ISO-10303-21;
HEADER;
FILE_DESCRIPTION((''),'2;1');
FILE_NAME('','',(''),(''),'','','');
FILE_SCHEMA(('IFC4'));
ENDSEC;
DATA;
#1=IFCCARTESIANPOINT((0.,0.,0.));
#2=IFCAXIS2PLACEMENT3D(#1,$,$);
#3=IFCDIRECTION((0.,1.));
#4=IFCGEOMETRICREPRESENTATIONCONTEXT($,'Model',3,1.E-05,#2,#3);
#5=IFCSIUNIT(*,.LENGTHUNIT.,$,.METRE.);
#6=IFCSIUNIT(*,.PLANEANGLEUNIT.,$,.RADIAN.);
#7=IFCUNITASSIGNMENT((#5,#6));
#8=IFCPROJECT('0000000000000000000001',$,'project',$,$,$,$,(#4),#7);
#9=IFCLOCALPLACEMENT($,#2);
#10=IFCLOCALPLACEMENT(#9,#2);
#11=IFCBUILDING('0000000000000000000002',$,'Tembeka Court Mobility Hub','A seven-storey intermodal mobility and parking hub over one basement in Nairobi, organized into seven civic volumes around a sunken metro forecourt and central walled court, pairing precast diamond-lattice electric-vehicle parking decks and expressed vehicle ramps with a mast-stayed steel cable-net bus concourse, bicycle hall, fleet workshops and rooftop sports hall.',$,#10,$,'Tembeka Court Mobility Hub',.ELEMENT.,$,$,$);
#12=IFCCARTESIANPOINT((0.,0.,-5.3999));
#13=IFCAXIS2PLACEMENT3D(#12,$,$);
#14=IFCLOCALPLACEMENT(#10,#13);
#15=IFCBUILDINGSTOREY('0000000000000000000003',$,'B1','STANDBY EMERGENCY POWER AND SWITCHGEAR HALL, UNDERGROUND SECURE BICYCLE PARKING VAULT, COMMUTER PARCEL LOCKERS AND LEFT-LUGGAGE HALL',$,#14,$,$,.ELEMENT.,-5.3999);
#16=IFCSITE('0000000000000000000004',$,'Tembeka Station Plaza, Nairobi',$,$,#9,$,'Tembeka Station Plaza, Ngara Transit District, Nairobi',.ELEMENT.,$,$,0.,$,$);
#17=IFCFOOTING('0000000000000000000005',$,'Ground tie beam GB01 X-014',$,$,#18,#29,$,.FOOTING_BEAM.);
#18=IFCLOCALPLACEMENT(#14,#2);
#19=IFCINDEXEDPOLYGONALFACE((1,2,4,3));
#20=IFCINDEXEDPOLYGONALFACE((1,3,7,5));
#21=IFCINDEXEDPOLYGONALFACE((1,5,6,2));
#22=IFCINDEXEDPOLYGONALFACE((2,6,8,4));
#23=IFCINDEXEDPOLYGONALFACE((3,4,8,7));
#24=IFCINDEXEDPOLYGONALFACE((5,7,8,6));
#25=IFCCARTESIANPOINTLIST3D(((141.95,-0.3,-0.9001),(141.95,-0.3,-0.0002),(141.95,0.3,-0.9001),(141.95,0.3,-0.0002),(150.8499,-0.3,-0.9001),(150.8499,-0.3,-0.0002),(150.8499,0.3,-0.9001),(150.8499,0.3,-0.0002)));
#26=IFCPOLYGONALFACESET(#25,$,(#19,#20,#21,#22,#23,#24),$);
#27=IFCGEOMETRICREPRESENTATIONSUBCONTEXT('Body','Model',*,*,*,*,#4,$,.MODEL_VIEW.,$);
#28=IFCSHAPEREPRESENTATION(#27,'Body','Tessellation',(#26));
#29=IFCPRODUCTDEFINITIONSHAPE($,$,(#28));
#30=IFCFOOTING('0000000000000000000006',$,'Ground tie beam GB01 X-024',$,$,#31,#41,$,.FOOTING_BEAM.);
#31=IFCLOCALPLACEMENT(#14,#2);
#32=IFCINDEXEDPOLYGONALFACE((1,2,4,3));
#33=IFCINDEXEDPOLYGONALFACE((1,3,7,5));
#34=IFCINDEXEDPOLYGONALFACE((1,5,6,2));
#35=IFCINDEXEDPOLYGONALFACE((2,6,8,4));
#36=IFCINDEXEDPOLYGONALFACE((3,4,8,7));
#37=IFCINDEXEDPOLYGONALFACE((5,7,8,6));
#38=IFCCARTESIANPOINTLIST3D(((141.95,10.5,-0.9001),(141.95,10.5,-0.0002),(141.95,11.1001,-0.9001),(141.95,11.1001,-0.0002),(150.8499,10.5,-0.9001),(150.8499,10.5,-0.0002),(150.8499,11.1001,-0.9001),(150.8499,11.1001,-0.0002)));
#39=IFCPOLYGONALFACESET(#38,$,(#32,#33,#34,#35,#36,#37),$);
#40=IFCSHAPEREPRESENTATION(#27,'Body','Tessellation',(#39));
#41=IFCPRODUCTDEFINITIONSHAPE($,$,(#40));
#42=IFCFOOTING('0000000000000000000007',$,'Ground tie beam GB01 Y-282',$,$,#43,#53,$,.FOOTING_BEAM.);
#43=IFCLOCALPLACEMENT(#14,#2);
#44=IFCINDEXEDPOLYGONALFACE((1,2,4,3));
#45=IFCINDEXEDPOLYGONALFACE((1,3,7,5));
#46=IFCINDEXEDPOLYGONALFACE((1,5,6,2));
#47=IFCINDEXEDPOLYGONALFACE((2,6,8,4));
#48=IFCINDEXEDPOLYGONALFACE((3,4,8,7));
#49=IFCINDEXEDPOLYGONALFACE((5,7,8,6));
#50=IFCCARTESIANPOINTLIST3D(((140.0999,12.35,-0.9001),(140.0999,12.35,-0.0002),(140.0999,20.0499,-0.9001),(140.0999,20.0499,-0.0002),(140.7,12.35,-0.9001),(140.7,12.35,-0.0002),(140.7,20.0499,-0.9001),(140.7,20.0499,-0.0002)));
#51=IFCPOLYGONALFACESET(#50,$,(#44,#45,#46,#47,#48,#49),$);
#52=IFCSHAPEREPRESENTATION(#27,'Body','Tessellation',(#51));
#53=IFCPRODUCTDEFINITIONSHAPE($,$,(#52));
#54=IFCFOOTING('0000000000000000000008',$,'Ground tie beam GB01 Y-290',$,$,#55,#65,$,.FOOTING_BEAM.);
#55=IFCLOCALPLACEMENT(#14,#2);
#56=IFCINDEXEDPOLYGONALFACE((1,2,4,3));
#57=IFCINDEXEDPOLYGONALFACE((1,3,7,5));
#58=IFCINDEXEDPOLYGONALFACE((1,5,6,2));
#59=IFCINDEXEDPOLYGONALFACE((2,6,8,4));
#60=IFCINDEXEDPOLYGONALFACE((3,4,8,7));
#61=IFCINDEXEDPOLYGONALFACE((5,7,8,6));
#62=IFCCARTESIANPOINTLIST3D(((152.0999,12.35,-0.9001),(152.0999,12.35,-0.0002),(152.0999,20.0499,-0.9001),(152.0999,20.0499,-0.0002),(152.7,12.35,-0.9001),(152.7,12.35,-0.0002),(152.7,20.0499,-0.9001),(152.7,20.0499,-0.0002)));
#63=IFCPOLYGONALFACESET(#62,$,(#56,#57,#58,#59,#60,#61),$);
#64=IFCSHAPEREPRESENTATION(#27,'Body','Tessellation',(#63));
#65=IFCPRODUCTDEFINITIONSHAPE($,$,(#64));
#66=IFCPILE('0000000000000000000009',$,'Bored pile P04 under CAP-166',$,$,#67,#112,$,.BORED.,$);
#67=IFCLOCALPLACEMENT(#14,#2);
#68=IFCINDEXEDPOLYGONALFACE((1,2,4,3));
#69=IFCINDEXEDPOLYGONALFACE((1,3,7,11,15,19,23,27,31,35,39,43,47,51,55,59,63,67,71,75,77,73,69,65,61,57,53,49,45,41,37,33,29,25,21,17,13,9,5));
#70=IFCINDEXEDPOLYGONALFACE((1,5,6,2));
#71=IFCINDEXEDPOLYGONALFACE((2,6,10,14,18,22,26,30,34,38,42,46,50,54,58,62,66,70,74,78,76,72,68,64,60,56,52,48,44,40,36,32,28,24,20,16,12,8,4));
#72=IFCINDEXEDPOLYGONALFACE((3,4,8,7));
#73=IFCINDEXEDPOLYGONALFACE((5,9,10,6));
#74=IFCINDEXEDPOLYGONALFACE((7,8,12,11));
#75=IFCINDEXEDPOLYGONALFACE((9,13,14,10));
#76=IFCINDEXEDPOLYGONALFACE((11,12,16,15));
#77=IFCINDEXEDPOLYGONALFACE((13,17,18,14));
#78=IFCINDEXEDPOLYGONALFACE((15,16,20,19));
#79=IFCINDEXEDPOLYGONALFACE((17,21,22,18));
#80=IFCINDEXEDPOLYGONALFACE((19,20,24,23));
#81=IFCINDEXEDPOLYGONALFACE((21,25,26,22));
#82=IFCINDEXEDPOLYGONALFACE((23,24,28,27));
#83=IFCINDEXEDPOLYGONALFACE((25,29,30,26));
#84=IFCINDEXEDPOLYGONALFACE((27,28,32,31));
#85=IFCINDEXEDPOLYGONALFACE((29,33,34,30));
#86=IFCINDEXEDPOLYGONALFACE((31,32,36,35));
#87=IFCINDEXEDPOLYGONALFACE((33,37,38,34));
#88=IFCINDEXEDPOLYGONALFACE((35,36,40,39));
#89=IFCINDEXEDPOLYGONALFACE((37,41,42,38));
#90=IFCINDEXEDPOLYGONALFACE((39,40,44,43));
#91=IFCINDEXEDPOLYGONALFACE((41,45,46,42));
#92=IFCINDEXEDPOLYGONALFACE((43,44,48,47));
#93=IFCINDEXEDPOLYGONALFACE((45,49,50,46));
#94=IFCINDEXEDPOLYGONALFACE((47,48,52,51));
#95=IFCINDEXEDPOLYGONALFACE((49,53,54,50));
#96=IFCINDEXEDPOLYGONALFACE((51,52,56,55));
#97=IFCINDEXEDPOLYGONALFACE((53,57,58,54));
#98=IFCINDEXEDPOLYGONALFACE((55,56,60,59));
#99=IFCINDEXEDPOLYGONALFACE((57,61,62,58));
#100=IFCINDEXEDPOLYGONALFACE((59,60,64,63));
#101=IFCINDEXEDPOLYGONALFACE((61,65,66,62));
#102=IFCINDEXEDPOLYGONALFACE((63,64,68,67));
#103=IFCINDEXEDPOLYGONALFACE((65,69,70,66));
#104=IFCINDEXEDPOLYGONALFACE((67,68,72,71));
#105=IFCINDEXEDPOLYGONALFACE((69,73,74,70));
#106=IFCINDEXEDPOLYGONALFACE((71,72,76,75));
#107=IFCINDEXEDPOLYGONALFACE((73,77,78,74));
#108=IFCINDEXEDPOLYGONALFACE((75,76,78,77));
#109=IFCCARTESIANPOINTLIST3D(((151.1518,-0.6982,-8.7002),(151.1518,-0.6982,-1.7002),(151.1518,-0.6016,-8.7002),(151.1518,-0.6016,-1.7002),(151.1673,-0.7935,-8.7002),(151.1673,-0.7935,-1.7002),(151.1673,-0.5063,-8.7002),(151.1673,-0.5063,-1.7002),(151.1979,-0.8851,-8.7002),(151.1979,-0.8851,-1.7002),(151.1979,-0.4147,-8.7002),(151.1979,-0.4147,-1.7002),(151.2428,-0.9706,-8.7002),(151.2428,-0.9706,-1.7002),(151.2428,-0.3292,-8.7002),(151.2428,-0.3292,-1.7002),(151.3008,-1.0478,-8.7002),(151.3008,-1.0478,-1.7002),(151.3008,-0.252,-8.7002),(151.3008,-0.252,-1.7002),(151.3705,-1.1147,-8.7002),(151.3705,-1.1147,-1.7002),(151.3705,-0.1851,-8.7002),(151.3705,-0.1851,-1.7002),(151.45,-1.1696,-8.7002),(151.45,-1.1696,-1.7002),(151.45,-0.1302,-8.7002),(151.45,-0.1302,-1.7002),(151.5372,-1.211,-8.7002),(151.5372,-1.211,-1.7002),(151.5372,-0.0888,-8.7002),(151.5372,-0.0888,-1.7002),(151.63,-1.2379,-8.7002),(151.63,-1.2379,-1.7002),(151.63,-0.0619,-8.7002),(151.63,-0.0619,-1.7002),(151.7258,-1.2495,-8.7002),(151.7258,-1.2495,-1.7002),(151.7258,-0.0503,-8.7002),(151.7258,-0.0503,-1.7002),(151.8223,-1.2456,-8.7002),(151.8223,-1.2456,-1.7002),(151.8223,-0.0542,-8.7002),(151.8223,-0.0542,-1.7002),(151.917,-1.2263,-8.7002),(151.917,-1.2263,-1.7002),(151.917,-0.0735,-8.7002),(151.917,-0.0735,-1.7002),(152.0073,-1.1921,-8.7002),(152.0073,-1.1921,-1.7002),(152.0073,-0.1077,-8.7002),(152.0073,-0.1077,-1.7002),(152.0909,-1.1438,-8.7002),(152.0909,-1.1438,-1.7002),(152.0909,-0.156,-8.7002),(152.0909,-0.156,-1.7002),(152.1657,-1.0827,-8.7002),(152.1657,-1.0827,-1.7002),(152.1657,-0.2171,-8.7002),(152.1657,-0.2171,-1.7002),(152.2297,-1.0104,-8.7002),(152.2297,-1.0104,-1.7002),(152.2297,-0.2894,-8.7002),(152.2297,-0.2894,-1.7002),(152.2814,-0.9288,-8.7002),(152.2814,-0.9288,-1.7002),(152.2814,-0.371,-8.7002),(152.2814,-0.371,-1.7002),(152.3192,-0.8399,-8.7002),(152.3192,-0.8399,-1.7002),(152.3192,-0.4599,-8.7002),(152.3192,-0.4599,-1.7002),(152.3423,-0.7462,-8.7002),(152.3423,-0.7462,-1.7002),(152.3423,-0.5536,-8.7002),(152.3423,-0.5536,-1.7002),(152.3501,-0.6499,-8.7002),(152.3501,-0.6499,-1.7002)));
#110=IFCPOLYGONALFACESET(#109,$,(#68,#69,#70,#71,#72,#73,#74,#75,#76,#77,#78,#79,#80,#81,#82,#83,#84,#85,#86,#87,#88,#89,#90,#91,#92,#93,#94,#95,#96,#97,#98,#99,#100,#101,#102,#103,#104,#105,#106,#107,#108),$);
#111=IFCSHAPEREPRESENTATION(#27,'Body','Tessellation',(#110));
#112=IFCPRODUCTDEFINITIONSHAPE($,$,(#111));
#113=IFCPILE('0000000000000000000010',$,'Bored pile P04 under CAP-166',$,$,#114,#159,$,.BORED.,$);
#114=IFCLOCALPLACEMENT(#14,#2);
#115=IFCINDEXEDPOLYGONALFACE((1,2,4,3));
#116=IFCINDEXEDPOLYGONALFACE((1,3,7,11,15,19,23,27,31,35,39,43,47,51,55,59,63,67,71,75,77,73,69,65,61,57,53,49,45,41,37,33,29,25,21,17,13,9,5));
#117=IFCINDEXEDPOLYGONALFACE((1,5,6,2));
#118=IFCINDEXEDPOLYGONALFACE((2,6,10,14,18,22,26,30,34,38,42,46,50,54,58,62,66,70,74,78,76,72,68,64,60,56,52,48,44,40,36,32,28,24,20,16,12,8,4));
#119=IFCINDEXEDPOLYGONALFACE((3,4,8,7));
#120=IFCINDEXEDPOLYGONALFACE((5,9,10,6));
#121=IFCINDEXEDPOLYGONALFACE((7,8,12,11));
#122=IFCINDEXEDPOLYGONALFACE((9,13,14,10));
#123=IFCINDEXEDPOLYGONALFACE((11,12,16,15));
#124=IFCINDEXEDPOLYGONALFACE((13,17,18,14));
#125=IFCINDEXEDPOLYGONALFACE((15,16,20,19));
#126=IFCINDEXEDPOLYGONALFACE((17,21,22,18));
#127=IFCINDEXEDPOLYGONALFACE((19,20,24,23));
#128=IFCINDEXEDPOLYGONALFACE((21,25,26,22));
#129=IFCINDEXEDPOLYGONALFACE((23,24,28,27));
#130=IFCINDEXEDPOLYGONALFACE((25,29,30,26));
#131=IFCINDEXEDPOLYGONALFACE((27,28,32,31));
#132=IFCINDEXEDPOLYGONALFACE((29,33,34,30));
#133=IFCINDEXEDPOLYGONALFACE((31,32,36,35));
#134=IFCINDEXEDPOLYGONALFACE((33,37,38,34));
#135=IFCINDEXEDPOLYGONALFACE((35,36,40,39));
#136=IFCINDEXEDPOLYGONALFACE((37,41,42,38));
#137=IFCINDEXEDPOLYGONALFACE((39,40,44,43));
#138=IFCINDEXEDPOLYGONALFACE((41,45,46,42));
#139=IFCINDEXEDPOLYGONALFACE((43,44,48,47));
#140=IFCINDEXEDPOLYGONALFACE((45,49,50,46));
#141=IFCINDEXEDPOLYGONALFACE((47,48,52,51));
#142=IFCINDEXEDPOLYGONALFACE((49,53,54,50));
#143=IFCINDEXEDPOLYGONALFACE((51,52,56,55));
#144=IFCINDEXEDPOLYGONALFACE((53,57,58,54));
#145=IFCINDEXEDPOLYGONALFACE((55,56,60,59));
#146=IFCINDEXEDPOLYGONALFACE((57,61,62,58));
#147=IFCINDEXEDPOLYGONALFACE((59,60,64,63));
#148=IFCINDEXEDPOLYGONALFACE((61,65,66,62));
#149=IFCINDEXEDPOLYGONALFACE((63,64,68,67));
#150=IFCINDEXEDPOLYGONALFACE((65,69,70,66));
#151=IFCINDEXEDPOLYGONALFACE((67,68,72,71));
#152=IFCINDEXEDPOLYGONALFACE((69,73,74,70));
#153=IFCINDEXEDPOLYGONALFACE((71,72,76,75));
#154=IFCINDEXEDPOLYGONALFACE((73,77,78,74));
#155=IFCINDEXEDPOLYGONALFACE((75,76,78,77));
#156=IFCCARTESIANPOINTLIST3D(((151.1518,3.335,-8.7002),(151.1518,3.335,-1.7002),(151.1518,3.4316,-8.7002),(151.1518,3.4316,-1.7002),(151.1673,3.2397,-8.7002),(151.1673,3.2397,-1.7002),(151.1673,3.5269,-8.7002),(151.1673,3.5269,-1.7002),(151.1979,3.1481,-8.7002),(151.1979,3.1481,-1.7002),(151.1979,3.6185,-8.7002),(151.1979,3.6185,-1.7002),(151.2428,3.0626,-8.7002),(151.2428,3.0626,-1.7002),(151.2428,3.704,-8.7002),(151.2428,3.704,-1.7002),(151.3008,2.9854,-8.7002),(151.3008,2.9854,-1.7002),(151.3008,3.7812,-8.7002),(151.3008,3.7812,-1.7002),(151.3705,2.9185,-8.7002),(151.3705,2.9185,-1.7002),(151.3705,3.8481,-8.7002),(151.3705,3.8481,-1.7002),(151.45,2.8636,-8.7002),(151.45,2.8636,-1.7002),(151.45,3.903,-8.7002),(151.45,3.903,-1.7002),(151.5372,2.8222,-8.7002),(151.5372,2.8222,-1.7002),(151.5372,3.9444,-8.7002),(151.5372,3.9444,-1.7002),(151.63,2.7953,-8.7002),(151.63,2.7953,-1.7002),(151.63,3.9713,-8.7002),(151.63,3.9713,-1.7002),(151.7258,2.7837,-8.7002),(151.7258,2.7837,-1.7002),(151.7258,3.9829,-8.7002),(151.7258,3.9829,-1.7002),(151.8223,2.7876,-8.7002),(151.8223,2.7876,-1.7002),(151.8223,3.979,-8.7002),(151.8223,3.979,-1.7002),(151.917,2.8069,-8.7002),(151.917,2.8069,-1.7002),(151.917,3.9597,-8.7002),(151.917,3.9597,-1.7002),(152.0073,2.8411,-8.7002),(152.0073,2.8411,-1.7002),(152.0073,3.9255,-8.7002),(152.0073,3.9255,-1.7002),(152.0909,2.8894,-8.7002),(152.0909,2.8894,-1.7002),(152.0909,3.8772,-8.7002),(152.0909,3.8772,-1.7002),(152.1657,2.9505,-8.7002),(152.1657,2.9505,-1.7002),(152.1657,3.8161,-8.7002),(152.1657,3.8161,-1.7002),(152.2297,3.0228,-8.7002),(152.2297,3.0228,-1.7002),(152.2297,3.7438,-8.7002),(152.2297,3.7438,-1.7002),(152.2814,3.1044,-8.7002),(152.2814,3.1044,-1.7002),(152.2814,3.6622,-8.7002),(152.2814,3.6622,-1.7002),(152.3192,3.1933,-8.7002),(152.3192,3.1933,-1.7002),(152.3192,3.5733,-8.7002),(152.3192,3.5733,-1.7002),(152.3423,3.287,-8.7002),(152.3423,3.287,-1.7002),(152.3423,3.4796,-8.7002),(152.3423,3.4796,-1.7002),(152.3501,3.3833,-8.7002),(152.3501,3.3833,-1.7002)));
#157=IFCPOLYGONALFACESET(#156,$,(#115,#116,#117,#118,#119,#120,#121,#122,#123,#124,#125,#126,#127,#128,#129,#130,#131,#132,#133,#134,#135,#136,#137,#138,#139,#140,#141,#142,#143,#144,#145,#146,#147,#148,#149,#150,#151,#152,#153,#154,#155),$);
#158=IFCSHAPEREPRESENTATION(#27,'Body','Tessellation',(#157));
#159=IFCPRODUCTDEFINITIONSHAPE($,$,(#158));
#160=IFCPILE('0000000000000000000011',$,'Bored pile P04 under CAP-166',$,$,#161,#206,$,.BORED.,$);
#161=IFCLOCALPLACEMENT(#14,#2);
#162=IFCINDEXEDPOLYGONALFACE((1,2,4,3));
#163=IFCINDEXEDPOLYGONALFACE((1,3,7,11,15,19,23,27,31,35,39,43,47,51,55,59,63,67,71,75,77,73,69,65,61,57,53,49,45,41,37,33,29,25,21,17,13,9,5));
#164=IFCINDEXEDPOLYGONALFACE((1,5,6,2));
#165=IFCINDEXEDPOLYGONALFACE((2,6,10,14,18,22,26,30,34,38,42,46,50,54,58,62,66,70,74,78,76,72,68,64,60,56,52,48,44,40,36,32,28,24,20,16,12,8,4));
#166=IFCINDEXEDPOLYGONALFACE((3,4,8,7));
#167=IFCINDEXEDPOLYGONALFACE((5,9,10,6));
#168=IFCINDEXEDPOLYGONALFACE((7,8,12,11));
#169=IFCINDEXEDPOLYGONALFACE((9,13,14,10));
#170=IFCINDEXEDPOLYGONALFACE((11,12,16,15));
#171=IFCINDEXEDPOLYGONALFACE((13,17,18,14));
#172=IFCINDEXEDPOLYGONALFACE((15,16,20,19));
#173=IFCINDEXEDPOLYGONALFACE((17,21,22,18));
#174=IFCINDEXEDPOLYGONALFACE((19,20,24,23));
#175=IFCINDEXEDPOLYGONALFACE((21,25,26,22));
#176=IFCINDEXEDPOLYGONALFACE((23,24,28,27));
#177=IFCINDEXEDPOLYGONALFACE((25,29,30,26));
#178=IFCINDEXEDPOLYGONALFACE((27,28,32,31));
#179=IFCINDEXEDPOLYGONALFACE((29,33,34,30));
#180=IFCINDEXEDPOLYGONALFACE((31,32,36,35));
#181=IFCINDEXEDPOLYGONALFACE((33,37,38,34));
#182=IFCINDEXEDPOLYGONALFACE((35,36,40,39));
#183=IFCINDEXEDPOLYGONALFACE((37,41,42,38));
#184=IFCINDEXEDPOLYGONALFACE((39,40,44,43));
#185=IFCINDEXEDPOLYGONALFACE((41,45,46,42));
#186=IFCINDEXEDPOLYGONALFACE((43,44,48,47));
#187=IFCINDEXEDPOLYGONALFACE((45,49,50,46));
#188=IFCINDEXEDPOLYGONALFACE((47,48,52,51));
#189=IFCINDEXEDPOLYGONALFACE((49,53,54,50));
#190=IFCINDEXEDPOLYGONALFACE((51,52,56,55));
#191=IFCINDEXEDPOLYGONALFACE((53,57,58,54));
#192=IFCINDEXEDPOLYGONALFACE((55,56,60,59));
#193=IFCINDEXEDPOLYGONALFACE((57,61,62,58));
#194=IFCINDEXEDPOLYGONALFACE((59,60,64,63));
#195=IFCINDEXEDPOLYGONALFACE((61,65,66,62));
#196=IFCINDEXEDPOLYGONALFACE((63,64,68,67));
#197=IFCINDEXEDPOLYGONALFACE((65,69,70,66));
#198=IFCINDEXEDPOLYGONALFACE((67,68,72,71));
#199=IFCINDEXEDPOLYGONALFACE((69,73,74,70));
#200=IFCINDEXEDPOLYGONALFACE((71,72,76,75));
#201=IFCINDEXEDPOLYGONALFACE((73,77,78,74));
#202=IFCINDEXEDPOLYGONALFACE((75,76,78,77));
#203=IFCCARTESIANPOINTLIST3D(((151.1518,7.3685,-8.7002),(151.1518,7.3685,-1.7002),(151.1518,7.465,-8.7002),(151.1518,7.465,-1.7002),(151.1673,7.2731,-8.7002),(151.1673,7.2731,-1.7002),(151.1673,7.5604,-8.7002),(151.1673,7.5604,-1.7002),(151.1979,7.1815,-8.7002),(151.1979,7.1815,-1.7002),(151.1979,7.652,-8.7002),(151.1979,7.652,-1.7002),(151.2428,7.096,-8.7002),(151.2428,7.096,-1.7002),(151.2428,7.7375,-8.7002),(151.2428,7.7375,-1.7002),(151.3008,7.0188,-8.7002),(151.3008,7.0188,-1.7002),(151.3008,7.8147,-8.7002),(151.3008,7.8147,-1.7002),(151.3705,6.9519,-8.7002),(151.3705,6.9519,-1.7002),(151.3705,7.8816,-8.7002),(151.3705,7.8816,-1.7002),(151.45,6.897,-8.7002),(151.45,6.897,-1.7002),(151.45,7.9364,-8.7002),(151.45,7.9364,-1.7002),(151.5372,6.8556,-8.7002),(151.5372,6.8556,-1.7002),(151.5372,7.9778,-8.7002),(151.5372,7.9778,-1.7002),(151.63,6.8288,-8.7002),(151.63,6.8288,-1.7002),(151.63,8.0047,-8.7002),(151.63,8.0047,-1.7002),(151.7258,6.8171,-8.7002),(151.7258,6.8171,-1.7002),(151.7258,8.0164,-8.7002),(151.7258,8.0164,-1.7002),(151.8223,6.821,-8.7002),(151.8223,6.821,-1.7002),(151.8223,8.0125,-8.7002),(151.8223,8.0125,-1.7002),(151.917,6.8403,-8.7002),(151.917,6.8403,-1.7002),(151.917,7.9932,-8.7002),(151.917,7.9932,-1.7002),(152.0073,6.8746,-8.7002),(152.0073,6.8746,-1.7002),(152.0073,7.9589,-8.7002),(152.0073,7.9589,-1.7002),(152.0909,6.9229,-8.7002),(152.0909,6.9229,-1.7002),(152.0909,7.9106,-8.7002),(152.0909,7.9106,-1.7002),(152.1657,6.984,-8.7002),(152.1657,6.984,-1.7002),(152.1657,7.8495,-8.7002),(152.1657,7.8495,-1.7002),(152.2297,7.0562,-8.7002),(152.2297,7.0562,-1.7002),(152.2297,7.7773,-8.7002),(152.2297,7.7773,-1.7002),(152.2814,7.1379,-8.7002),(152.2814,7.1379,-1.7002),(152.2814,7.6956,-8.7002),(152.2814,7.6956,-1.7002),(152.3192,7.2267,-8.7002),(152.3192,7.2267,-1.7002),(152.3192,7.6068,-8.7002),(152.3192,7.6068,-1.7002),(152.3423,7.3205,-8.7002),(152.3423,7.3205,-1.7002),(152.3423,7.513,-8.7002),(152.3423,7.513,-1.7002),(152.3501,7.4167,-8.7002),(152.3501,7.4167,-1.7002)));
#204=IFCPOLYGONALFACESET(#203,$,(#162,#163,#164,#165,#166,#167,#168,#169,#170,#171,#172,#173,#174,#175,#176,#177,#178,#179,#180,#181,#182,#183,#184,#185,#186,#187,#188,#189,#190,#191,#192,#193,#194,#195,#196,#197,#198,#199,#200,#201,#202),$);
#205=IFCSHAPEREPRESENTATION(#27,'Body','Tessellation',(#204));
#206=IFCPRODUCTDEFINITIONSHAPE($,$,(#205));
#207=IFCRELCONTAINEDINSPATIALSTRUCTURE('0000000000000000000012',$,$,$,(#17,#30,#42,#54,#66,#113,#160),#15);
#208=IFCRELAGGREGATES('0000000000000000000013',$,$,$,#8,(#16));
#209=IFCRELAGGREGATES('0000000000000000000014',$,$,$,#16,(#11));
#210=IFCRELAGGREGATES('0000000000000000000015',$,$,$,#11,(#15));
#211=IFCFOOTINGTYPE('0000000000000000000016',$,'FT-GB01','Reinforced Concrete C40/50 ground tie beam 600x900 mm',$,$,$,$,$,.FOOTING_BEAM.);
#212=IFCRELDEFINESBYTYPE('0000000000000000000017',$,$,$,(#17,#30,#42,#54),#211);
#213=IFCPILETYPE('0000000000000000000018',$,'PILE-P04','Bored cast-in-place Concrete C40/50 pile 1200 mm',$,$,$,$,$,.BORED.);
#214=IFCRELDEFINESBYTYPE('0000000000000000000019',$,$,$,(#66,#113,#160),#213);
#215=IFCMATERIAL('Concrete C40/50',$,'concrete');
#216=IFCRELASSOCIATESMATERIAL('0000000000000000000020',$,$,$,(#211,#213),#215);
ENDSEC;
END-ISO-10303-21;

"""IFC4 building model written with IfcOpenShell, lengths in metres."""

from ifc_helpers import new_model, si_unit, direction, frame, origin, origin_2d, place, context, subcontext, project, spatial, rectangle, circle, extrude, material, material_profile, profile_set, type_object, element, save


model = new_model("IFC4")

# Units and contexts
model_context = context("Model", 3, precision=1e-05, world=origin(), true_north=direction((0.0, 1.0)))
body_context = subcontext(model_context, "Body", "Model", "MODEL_VIEW")
ifc_project = project(units=[si_unit("LENGTHUNIT", "METRE"), si_unit("PLANEANGLEUNIT", "RADIAN")], contexts=[model_context])

# Site, building, storey
site_placement = place(None, origin())
site = spatial("IfcSite", under=ifc_project, at=site_placement, Name="Tembeka Station Plaza, Nairobi", LongName="Tembeka Station Plaza, Ngara Transit District, Nairobi", CompositionType="ELEMENT", RefElevation=0.0)
building_placement = place(site_placement, origin())
building = spatial("IfcBuilding", under=site, at=building_placement, Name="Tembeka Court Mobility Hub", Description="A seven-storey intermodal mobility and parking hub over one basement in Nairobi, organized into seven civic volumes around a sunken metro forecourt and central walled court, pairing precast diamond-lattice electric-vehicle parking decks and expressed vehicle ramps with a mast-stayed steel cable-net bus concourse, bicycle hall, fleet workshops and rooftop sports hall.", LongName="Tembeka Court Mobility Hub", CompositionType="ELEMENT")
storey_placement = place(building_placement, frame((0.0, 0.0, -5.3999)))
storey = spatial("IfcBuildingStorey", under=building, at=storey_placement, Name="B1", Description="STANDBY EMERGENCY POWER AND SWITCHGEAR HALL, UNDERGROUND SECURE BICYCLE PARKING VAULT, COMMUTER PARCEL LOCKERS AND LEFT-LUGGAGE HALL", CompositionType="ELEMENT", Elevation=-5.3999)

# Footings
ifc_material_1 = material(Name="Concrete C40/50", Category="concrete")
footing_type = type_object("IfcFootingType", Name="FT-GB01", Description="Reinforced Concrete C40/50 ground tie beam 600x900 mm", PredefinedType="FOOTING_BEAM", material=ifc_material_1)
for number, where, z_axis, x_axis, name in (
    (1, (146.3999, 0.0, -0.9001), (0.0, 0.0, 1.0), (1.0, 0.0, 0.0), "Ground tie beam GB01 X-014"),
    (2, (146.3999, 10.8, -0.9001), (0.0, 0.0, 1.0), (1.0, 0.0, 0.0), "Ground tie beam GB01 X-024"),
):
    element("IfcFooting", number, at=place(storey_placement, frame(where, z_axis=z_axis, x_axis=x_axis)), inside=storey, type_object=footing_type, Name=name, PredefinedType="FOOTING_BEAM", context=body_context, shape_type="SweptSolid", body=[
        extrude(rectangle(XDim=8.8999, YDim=0.6001, at=origin_2d()), origin(), (0.0, 0.0, 1.0), 0.8999),
    ])
for number, where, z_axis, x_axis, name in (
    (3, (140.3999, 16.2, -0.9001), (0.0, 0.0, 1.0), (0.0, 1.0, 0.0), "Ground tie beam GB01 Y-282"),
    (4, (152.3999, 16.2, -0.9001), (0.0, 0.0, 1.0), (0.0, 1.0, 0.0), "Ground tie beam GB01 Y-290"),
):
    element("IfcFooting", number, at=place(storey_placement, frame(where, z_axis=z_axis, x_axis=x_axis)), inside=storey, type_object=footing_type, Name=name, PredefinedType="FOOTING_BEAM", context=body_context, shape_type="SweptSolid", body=[
        extrude(rectangle(XDim=7.7, YDim=0.6001, at=origin_2d()), origin(), (0.0, 0.0, 1.0), 0.8999),
    ])

# Piles
ifc_material_profile_1 = material_profile(ifc_material_1, circle(Radius=0.6001, at=origin_2d()), Name="PILE D1200")
ifc_profile_set_1 = profile_set([ifc_material_profile_1], Name="Concrete C40/50")
pile_type = type_object("IfcPileType", Name="PILE-P04", Description="Bored cast-in-place Concrete C40/50 pile 1200 mm", PredefinedType="BORED", material=ifc_profile_set_1)
for number, where, z_axis, x_axis, name in (
    (5, (151.75, -0.6499, -1.7002), (0.0, 0.0, -1.0), (1.0, 0.0, 0.0), "Bored pile P04 under CAP-166"),
    (6, (151.75, 3.3833, -1.7002), (0.0, 0.0, -1.0), (1.0, 0.0, 0.0), "Bored pile P04 under CAP-166"),
    (7, (151.75, 7.4167, -1.7002), (0.0, 0.0, -1.0), (1.0, 0.0, 0.0), "Bored pile P04 under CAP-166"),
):
    element("IfcPile", number, at=place(storey_placement, frame(where, z_axis=z_axis, x_axis=x_axis)), inside=storey, type_object=pile_type, Name=name, PredefinedType="BORED", context=body_context, shape_type="SweptSolid", body=[
        extrude(circle(Radius=0.6001, at=origin_2d()), origin(), (0.0, 0.0, 1.0), 7.0),
    ])

save(model, "model.ifc")
